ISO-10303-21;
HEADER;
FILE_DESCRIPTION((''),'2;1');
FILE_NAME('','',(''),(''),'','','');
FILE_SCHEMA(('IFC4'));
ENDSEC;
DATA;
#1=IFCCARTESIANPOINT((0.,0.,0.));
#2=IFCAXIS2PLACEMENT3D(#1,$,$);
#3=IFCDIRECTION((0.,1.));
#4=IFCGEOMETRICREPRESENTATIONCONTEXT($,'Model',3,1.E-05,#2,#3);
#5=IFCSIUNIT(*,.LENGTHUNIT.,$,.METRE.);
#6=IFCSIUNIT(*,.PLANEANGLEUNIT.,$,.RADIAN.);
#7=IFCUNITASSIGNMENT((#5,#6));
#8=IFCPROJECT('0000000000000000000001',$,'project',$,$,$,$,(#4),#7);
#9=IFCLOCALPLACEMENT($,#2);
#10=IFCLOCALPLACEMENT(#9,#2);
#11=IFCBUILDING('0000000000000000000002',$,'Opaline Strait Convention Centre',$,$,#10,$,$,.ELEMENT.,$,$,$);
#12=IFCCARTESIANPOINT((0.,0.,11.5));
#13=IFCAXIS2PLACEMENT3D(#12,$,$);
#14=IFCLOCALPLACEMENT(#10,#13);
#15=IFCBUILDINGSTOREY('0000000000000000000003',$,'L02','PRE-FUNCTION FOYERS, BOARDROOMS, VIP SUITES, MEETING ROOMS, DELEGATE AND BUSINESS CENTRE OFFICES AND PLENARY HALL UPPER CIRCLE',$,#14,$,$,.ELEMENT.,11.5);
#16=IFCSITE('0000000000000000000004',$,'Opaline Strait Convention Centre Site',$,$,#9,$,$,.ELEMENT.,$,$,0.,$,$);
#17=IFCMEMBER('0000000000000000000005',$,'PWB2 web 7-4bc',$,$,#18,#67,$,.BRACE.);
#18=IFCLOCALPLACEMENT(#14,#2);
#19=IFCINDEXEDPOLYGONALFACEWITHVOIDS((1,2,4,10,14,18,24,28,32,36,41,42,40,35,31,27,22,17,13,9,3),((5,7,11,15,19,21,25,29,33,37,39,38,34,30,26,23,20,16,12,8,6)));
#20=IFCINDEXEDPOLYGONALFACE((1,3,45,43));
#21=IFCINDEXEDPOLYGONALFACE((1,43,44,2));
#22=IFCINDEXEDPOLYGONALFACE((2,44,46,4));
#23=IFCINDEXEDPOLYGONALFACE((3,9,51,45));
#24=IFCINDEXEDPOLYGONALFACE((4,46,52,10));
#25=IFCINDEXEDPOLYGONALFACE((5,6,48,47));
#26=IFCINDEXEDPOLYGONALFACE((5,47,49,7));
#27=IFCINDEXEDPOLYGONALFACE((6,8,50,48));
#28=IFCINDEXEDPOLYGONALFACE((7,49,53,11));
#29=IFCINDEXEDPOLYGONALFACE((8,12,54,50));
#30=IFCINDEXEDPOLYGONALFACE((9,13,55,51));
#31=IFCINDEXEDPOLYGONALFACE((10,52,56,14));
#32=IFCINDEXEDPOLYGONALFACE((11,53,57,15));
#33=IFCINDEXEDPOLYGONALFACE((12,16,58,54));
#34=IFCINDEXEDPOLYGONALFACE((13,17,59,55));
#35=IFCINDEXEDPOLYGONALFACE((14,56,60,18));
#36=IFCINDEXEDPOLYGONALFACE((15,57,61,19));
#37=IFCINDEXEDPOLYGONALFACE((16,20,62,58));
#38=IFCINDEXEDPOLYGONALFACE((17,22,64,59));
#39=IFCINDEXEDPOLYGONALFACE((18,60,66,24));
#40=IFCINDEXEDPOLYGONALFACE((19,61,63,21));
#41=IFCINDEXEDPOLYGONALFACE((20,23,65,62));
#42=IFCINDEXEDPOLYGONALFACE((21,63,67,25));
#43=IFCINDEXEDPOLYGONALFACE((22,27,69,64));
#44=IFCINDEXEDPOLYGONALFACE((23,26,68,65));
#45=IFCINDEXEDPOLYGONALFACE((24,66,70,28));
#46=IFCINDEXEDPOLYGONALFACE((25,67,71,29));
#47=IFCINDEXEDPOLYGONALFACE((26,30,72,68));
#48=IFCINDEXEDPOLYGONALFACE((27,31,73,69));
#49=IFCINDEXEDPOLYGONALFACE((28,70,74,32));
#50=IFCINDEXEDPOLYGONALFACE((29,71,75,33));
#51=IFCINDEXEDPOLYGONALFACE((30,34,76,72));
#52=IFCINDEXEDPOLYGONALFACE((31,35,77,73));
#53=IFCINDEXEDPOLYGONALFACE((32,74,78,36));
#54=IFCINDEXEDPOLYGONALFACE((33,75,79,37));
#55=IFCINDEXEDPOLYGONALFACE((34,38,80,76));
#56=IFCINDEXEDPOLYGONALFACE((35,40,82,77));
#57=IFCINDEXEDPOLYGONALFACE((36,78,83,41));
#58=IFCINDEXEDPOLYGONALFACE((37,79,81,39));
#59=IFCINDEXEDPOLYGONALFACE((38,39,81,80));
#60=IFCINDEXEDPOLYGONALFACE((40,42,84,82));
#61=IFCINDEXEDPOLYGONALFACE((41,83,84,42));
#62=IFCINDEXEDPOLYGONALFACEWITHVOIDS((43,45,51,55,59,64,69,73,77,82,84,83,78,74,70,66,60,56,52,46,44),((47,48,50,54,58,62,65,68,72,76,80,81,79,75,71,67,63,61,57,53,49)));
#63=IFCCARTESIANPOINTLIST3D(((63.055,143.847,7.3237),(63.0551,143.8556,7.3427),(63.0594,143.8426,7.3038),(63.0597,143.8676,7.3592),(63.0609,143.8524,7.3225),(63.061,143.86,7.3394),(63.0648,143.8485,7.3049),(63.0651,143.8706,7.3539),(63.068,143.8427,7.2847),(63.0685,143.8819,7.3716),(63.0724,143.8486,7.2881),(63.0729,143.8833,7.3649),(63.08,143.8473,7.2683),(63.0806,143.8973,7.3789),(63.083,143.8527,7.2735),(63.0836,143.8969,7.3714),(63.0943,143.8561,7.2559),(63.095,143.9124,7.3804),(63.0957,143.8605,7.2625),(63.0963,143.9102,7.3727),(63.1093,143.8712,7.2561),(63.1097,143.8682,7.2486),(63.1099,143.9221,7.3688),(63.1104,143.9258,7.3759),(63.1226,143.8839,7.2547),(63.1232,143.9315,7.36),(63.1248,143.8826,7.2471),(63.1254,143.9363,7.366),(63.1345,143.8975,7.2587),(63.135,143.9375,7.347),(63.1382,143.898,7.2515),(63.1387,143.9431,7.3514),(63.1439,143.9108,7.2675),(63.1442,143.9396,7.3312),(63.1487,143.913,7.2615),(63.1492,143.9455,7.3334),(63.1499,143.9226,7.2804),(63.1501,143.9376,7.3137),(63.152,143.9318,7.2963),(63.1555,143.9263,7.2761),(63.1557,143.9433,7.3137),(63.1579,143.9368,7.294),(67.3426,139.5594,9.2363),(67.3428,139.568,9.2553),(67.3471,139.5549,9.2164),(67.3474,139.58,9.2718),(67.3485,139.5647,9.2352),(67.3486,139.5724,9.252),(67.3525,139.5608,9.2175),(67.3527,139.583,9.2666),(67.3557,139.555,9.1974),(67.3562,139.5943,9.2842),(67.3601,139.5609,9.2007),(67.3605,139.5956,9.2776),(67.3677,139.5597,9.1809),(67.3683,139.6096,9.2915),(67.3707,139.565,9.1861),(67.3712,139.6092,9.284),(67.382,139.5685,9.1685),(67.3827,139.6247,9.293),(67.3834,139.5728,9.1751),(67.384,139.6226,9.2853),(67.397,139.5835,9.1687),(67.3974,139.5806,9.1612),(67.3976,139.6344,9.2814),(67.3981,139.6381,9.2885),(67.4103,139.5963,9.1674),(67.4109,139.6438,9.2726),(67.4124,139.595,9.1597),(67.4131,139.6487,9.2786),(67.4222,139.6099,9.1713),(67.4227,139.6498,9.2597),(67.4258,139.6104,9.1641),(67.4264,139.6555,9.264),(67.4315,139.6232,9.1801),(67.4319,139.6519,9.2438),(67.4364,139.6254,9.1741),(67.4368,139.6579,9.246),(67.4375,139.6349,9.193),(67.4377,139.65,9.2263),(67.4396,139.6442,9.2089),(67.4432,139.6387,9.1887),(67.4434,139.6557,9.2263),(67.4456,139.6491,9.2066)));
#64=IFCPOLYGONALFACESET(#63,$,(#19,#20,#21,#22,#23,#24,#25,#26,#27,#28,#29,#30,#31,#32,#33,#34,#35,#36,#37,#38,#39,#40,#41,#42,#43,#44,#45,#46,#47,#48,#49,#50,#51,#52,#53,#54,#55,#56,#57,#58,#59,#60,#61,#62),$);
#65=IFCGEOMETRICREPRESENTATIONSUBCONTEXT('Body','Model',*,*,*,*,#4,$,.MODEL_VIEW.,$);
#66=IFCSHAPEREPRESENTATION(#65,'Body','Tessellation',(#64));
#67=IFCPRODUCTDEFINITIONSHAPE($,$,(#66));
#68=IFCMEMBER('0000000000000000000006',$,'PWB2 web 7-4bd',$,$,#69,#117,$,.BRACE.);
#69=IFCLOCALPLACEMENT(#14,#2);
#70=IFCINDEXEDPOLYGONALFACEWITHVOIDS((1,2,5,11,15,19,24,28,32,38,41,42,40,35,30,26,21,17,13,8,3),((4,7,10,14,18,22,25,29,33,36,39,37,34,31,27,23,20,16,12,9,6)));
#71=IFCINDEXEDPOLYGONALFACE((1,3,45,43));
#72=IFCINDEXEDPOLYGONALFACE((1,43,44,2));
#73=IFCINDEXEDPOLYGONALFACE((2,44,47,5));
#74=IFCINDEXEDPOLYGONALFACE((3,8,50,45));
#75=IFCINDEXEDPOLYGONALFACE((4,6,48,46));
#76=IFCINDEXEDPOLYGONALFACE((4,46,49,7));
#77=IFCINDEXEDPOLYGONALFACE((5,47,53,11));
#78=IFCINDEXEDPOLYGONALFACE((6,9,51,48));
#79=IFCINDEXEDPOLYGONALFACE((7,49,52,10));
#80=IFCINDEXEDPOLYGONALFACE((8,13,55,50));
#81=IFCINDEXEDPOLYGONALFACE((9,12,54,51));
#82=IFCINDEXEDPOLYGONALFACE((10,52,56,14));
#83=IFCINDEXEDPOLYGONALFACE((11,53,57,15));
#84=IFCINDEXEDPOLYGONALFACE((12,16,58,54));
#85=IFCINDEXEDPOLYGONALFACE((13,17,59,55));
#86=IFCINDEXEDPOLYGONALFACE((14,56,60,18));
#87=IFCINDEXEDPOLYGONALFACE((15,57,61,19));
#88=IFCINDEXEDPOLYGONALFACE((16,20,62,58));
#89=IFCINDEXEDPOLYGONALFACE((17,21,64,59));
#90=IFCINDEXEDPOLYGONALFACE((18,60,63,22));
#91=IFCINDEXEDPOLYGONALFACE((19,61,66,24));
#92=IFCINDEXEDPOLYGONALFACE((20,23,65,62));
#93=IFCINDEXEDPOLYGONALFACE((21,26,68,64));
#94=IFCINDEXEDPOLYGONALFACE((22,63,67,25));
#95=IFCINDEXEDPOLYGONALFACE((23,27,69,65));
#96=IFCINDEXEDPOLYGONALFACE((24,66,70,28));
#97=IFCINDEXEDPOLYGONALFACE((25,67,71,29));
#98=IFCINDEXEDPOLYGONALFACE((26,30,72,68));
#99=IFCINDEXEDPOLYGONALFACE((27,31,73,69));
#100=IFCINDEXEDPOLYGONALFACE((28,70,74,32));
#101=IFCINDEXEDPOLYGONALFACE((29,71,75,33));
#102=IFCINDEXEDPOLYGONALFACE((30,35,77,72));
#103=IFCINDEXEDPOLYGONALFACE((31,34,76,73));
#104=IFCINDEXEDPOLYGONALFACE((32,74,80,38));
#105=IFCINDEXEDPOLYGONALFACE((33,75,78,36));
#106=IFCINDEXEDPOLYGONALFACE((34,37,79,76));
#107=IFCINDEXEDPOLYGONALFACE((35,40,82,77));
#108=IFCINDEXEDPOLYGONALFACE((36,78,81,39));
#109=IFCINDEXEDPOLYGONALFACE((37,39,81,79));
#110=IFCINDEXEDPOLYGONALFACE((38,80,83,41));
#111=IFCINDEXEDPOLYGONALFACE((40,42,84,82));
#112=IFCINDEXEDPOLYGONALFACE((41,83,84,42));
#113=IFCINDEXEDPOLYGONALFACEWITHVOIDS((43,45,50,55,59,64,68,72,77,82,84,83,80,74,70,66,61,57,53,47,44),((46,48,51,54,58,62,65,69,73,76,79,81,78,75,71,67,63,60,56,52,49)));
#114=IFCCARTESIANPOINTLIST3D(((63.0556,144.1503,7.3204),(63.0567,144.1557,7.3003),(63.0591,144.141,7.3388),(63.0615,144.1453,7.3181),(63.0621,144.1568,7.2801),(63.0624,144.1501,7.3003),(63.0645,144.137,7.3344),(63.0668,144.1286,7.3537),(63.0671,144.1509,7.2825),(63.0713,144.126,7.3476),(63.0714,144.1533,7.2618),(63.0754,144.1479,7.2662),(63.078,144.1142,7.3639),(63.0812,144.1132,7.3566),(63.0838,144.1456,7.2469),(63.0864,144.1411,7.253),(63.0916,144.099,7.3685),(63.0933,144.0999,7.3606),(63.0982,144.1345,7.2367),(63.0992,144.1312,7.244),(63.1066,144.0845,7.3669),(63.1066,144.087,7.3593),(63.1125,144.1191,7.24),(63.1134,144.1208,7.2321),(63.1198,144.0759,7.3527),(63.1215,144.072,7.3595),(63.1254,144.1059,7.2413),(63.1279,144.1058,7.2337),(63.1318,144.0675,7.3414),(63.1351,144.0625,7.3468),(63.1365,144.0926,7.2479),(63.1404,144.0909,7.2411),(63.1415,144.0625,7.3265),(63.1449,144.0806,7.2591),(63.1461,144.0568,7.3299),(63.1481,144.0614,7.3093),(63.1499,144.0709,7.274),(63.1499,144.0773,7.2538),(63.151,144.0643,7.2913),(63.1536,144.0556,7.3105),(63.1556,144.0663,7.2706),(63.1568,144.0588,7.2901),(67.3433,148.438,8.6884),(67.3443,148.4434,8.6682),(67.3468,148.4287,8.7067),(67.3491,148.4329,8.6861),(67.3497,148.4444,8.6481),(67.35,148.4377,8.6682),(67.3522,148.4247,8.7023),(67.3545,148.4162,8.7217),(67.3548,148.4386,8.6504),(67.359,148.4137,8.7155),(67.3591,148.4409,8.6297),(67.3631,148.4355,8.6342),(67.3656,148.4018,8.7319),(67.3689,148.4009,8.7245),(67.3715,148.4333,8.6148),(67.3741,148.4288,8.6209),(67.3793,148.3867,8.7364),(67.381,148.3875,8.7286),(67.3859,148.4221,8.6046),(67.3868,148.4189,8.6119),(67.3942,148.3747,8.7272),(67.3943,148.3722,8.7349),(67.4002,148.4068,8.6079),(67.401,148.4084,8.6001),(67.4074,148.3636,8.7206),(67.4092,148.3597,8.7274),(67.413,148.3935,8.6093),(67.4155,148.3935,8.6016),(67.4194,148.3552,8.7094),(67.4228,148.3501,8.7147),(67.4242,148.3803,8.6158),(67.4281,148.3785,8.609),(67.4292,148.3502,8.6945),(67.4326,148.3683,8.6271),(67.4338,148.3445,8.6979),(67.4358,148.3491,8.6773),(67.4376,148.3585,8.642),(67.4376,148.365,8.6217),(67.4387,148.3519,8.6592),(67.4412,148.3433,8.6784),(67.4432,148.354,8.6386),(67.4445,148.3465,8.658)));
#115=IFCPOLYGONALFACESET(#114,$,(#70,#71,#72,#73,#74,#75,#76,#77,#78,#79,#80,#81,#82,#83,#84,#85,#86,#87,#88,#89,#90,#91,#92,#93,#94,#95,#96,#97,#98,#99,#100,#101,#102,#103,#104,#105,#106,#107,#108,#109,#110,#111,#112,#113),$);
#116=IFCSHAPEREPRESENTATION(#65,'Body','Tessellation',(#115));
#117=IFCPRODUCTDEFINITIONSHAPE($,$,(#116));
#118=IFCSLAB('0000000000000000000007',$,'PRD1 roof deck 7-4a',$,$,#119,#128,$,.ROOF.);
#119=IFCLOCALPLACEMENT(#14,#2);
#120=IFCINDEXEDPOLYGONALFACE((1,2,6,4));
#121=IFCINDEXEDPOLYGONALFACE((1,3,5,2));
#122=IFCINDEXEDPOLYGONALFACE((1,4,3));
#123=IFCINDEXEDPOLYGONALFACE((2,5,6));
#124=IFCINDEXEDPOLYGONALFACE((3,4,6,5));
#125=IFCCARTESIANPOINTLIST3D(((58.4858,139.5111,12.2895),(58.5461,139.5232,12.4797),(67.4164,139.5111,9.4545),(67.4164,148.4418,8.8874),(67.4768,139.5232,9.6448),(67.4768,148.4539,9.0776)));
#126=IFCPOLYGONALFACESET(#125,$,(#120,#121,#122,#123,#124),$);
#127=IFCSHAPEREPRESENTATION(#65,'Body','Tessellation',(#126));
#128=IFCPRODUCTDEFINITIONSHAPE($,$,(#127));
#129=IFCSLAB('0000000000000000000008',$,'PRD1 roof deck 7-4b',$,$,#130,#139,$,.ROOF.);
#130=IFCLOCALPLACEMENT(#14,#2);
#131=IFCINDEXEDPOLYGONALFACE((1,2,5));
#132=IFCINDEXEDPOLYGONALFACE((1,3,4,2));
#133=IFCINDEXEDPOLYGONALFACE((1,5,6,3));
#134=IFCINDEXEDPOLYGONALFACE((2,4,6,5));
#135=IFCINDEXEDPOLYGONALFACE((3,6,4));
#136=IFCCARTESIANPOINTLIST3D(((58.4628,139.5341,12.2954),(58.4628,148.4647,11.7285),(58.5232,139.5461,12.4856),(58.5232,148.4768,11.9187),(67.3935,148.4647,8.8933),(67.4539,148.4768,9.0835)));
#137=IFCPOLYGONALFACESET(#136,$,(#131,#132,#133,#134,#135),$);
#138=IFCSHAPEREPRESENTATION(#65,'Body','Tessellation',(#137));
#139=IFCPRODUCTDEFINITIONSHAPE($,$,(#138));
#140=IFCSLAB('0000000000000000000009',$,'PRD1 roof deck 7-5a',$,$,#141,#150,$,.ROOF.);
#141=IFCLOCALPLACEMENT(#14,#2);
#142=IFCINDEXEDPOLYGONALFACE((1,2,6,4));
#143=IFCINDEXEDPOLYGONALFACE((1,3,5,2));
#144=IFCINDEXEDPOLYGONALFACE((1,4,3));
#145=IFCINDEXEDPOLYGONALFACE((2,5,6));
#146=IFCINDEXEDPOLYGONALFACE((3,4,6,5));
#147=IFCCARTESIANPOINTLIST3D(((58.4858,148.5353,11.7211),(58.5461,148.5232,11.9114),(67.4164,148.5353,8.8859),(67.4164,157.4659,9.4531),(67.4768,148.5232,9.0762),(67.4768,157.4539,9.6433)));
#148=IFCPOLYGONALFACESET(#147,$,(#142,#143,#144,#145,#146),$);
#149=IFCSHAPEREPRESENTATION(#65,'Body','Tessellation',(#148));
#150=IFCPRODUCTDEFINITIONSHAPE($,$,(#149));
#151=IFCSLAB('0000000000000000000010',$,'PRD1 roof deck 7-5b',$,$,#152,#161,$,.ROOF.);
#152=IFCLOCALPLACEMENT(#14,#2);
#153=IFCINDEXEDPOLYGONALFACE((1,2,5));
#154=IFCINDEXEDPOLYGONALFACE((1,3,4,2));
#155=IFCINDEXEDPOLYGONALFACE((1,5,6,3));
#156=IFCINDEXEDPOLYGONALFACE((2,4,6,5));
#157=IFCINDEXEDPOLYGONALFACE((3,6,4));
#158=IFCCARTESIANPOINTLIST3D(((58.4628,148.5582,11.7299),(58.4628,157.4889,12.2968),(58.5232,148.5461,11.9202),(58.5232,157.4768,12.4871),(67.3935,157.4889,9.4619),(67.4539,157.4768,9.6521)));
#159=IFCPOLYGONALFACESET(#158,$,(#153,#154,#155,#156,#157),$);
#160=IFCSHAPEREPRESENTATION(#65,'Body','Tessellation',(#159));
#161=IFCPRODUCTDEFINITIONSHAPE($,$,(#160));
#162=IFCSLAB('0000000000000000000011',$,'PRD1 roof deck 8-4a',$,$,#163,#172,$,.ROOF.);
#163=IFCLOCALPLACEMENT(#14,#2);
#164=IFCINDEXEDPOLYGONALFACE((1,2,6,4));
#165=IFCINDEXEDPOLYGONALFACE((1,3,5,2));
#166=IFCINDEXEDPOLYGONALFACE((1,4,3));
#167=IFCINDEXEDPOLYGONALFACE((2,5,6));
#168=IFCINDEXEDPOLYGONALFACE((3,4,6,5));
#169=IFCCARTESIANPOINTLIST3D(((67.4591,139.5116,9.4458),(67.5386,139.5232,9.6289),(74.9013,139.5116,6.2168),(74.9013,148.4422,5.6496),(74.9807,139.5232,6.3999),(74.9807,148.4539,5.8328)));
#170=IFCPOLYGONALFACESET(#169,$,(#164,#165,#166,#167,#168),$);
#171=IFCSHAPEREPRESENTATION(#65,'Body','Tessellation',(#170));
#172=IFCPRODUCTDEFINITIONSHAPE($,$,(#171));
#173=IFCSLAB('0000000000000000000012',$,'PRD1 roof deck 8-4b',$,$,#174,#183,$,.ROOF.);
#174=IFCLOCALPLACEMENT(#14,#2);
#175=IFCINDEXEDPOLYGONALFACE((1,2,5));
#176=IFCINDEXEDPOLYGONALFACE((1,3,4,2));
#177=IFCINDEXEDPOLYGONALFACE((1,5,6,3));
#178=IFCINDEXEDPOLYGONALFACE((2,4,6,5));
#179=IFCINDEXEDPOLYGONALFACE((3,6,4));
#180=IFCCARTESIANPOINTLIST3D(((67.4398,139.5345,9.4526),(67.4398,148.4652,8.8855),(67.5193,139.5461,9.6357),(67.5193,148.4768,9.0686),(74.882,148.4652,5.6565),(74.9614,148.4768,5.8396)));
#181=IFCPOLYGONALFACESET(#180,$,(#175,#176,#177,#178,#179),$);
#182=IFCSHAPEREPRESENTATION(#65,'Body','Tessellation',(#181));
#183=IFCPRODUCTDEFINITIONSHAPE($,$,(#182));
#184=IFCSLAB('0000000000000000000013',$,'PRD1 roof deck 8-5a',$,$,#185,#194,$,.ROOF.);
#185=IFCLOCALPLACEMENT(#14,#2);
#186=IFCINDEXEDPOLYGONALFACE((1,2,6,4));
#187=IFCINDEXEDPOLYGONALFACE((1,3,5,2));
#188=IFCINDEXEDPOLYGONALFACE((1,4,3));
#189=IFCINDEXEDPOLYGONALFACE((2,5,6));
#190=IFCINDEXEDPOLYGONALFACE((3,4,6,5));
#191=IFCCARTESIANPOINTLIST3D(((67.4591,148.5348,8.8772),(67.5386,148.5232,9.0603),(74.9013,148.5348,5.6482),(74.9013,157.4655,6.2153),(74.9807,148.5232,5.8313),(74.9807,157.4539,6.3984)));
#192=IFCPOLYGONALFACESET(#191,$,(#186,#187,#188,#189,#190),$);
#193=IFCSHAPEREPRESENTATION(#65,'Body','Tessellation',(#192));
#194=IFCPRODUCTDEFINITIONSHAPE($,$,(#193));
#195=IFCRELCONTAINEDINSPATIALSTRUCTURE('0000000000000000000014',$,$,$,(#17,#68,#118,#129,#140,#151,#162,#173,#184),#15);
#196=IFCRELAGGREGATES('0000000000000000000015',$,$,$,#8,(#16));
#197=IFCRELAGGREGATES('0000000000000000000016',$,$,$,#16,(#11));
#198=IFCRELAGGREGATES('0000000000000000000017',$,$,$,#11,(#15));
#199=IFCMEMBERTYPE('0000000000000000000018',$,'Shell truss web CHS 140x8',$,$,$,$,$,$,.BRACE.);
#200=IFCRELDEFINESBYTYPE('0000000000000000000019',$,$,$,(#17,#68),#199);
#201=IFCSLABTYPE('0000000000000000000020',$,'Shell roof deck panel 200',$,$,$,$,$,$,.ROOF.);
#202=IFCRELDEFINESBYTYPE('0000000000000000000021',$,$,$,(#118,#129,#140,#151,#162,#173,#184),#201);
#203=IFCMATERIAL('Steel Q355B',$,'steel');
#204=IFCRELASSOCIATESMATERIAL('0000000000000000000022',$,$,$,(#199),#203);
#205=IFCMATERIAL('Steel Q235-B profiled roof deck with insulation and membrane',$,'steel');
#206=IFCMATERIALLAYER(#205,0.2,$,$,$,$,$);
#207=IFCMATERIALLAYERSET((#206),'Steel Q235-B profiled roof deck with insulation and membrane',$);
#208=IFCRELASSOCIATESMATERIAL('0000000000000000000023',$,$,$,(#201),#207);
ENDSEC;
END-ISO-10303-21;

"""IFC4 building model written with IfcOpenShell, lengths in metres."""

from ifc_helpers import new_model, si_unit, direction, frame, origin, origin_2d, place, context, subcontext, project, spatial, polyline, hollow_circle, outline, extrude, material, layer, layer_set, material_profile, profile_set, type_object, element, save


model = new_model("IFC4")

# Units and contexts
model_context = context("Model", 3, precision=1e-05, world=origin(), true_north=direction((0.0, 1.0)))
body_context = subcontext(model_context, "Body", "Model", "MODEL_VIEW")
ifc_project = project(units=[si_unit("LENGTHUNIT", "METRE"), si_unit("PLANEANGLEUNIT", "RADIAN")], contexts=[model_context])

# Site, building, storey
site_placement = place(None, origin())
site = spatial("IfcSite", under=ifc_project, at=site_placement, Name="Opaline Strait Convention Centre Site", CompositionType="ELEMENT", RefElevation=0.0)
building_placement = place(site_placement, origin())
building = spatial("IfcBuilding", under=site, at=building_placement, Name="Opaline Strait Convention Centre", CompositionType="ELEMENT")
storey_placement = place(building_placement, frame((0.0, 0.0, 11.5)))
storey = spatial("IfcBuildingStorey", under=building, at=storey_placement, Name="L02", Description="PRE-FUNCTION FOYERS, BOARDROOMS, VIP SUITES, MEETING ROOMS, DELEGATE AND BUSINESS CENTRE OFFICES AND PLENARY HALL UPPER CIRCLE", CompositionType="ELEMENT", Elevation=11.5)

# Members
ifc_material_1 = material(Name="Steel Q355B", Category="steel")
ifc_material_profile_1 = material_profile(ifc_material_1, hollow_circle(Radius=0.0701, WallThickness=0.0081, at=origin_2d()), Name="CHS 140x8")
ifc_profile_set_1 = profile_set([ifc_material_profile_1], Name="Steel Q355B")
member_type_1 = type_object("IfcMemberType", Name="Shell truss web CHS 140x8", PredefinedType="BRACE", material=ifc_profile_set_1)
member_1_placement = place(storey_placement, frame((63.1062, 143.8938, 7.3137), z_axis=(0.674356, -0.674356, 0.300814), x_axis=(0.707107, 0.707107, 0.0)))
element("IfcMember", 1, at=member_1_placement, inside=storey, type_object=member_type_1, Name="PWB2 web 7-4bc", PredefinedType="BRACE", context=body_context, shape_type="SweptSolid", body=[
    extrude(hollow_circle(Radius=0.0701, WallThickness=0.0081, at=origin_2d()), origin(), (0.0, 0.0, 1.0), 6.3582),
])
member_2_placement = place(storey_placement, frame((63.1062, 144.1062, 7.3003), z_axis=(0.689772, 0.689772, 0.220066), x_axis=(-0.707107, 0.707107, 0.0)))
element("IfcMember", 2, at=member_2_placement, inside=storey, type_object=member_type_1, Name="PWB2 web 7-4bd", PredefinedType="BRACE", context=body_context, shape_type="SweptSolid", body=[
    extrude(hollow_circle(Radius=0.0701, WallThickness=0.0081, at=origin_2d()), origin(), (0.0, 0.0, 1.0), 6.2161),
])

# Slabs
ifc_material_2 = material(Name="Steel Q235-B profiled roof deck with insulation and membrane", Category="steel")
ifc_layer = layer(ifc_material_2, 0.2)
ifc_layer_set = layer_set([ifc_layer], Name="Steel Q235-B profiled roof deck with insulation and membrane")
slab_type = type_object("IfcSlabType", Name="Shell roof deck panel 200", PredefinedType="ROOF", material=ifc_layer_set)
slab_1_placement = place(storey_placement, frame((58.5461, 139.5232, 12.4797), z_axis=(0.30201, 0.060418, 0.951388), x_axis=(0.95313, 0.0, -0.302563)))
element("IfcSlab", 3, at=slab_1_placement, inside=storey, type_object=slab_type, Name="PRD1 roof deck 7-4a", PredefinedType="ROOF", context=body_context, shape_type="SweptSolid", body=[
    extrude(outline(polyline([(0.0, 0.0), (9.3698, 0.0), (9.5414, 8.947), (0.0, 0.0)])), origin(), (0.0, 0.0, -1.0), 0.2),
])
slab_2_placement = place(storey_placement, frame((58.5232, 139.5461, 12.4856), z_axis=(0.302034, 0.060391, 0.951382), x_axis=(0.68277, 0.68277, -0.260098)))
element("IfcSlab", 4, at=slab_2_placement, inside=storey, type_object=slab_type, Name="PRD1 roof deck 7-4b", PredefinedType="ROOF", context=body_context, shape_type="SweptSolid", body=[
    extrude(outline(polyline([(0.0, 0.0), (13.0801, 0.0), (6.245, 6.4092), (0.0, 0.0)])), origin(), (0.0, 0.0, -1.0), 0.2),
])
slab_3_placement = place(storey_placement, frame((58.5461, 148.5232, 11.9114), z_axis=(0.302034, -0.060417, 0.951381), x_axis=(0.953122, 0.0, -0.302586)))
element("IfcSlab", 5, at=slab_3_placement, inside=storey, type_object=slab_type, Name="PRD1 roof deck 7-5a", PredefinedType="ROOF", context=body_context, shape_type="SweptSolid", body=[
    extrude(outline(polyline([(0.0, 0.0), (9.3699, 0.0), (9.1983, 8.947), (0.0, 0.0)])), origin(), (0.0, 0.0, -1.0), 0.2),
])
slab_4_placement = place(storey_placement, frame((58.5232, 148.5461, 11.9202), z_axis=(0.30201, -0.060392, 0.95139), x_axis=(0.695974, 0.695974, -0.176752)))
element("IfcSlab", 6, at=slab_4_placement, inside=storey, type_object=slab_type, Name="PRD1 roof deck 7-5b", PredefinedType="ROOF", context=body_context, shape_type="SweptSolid", body=[
    extrude(outline(polyline([(0.0, 0.0), (12.8319, 0.0), (6.1153, 6.5331), (0.0, 0.0)])), origin(), (0.0, 0.0, -1.0), 0.2),
])
slab_5_placement = place(storey_placement, frame((67.5386, 139.5232, 9.6289), z_axis=(0.397357, 0.058159, 0.915819), x_axis=(0.917372, 0.0, -0.398031)))
element("IfcSlab", 7, at=slab_5_placement, inside=storey, type_object=slab_type, Name="PRD1 roof deck 8-4a", PredefinedType="ROOF", context=body_context, shape_type="SweptSolid", body=[
    extrude(outline(polyline([(0.0, 0.0), (8.1125, 0.0), (8.3382, 8.9458), (0.0, 0.0)])), origin(), (0.0, 0.0, -1.0), 0.2),
])
slab_6_placement = place(storey_placement, frame((67.5193, 139.5461, 9.6357), z_axis=(0.397357, 0.058159, 0.915819), x_axis=(0.608556, 0.730275, -0.310417)))
element("IfcSlab", 8, at=slab_6_placement, inside=storey, type_object=slab_type, Name="PRD1 roof deck 8-4b", PredefinedType="ROOF", context=body_context, shape_type="SweptSolid", body=[
    extrude(outline(polyline([(0.0, 0.0), (12.2292, 0.0), (6.6979, 5.9344), (0.0, 0.0)])), origin(), (0.0, 0.0, -1.0), 0.2),
])
slab_7_placement = place(storey_placement, frame((67.5386, 148.5232, 9.0603), z_axis=(0.397357, -0.058159, 0.915819), x_axis=(0.917372, 0.0, -0.398031)))
element("IfcSlab", 9, at=slab_7_placement, inside=storey, type_object=slab_type, Name="PRD1 roof deck 8-5a", PredefinedType="ROOF", context=body_context, shape_type="SweptSolid", body=[
    extrude(outline(polyline([(0.0, 0.0), (8.1125, 0.0), (7.8867, 8.9458), (0.0, 0.0)])), origin(), (0.0, 0.0, -1.0), 0.2),
])

save(model, "model.ifc")
